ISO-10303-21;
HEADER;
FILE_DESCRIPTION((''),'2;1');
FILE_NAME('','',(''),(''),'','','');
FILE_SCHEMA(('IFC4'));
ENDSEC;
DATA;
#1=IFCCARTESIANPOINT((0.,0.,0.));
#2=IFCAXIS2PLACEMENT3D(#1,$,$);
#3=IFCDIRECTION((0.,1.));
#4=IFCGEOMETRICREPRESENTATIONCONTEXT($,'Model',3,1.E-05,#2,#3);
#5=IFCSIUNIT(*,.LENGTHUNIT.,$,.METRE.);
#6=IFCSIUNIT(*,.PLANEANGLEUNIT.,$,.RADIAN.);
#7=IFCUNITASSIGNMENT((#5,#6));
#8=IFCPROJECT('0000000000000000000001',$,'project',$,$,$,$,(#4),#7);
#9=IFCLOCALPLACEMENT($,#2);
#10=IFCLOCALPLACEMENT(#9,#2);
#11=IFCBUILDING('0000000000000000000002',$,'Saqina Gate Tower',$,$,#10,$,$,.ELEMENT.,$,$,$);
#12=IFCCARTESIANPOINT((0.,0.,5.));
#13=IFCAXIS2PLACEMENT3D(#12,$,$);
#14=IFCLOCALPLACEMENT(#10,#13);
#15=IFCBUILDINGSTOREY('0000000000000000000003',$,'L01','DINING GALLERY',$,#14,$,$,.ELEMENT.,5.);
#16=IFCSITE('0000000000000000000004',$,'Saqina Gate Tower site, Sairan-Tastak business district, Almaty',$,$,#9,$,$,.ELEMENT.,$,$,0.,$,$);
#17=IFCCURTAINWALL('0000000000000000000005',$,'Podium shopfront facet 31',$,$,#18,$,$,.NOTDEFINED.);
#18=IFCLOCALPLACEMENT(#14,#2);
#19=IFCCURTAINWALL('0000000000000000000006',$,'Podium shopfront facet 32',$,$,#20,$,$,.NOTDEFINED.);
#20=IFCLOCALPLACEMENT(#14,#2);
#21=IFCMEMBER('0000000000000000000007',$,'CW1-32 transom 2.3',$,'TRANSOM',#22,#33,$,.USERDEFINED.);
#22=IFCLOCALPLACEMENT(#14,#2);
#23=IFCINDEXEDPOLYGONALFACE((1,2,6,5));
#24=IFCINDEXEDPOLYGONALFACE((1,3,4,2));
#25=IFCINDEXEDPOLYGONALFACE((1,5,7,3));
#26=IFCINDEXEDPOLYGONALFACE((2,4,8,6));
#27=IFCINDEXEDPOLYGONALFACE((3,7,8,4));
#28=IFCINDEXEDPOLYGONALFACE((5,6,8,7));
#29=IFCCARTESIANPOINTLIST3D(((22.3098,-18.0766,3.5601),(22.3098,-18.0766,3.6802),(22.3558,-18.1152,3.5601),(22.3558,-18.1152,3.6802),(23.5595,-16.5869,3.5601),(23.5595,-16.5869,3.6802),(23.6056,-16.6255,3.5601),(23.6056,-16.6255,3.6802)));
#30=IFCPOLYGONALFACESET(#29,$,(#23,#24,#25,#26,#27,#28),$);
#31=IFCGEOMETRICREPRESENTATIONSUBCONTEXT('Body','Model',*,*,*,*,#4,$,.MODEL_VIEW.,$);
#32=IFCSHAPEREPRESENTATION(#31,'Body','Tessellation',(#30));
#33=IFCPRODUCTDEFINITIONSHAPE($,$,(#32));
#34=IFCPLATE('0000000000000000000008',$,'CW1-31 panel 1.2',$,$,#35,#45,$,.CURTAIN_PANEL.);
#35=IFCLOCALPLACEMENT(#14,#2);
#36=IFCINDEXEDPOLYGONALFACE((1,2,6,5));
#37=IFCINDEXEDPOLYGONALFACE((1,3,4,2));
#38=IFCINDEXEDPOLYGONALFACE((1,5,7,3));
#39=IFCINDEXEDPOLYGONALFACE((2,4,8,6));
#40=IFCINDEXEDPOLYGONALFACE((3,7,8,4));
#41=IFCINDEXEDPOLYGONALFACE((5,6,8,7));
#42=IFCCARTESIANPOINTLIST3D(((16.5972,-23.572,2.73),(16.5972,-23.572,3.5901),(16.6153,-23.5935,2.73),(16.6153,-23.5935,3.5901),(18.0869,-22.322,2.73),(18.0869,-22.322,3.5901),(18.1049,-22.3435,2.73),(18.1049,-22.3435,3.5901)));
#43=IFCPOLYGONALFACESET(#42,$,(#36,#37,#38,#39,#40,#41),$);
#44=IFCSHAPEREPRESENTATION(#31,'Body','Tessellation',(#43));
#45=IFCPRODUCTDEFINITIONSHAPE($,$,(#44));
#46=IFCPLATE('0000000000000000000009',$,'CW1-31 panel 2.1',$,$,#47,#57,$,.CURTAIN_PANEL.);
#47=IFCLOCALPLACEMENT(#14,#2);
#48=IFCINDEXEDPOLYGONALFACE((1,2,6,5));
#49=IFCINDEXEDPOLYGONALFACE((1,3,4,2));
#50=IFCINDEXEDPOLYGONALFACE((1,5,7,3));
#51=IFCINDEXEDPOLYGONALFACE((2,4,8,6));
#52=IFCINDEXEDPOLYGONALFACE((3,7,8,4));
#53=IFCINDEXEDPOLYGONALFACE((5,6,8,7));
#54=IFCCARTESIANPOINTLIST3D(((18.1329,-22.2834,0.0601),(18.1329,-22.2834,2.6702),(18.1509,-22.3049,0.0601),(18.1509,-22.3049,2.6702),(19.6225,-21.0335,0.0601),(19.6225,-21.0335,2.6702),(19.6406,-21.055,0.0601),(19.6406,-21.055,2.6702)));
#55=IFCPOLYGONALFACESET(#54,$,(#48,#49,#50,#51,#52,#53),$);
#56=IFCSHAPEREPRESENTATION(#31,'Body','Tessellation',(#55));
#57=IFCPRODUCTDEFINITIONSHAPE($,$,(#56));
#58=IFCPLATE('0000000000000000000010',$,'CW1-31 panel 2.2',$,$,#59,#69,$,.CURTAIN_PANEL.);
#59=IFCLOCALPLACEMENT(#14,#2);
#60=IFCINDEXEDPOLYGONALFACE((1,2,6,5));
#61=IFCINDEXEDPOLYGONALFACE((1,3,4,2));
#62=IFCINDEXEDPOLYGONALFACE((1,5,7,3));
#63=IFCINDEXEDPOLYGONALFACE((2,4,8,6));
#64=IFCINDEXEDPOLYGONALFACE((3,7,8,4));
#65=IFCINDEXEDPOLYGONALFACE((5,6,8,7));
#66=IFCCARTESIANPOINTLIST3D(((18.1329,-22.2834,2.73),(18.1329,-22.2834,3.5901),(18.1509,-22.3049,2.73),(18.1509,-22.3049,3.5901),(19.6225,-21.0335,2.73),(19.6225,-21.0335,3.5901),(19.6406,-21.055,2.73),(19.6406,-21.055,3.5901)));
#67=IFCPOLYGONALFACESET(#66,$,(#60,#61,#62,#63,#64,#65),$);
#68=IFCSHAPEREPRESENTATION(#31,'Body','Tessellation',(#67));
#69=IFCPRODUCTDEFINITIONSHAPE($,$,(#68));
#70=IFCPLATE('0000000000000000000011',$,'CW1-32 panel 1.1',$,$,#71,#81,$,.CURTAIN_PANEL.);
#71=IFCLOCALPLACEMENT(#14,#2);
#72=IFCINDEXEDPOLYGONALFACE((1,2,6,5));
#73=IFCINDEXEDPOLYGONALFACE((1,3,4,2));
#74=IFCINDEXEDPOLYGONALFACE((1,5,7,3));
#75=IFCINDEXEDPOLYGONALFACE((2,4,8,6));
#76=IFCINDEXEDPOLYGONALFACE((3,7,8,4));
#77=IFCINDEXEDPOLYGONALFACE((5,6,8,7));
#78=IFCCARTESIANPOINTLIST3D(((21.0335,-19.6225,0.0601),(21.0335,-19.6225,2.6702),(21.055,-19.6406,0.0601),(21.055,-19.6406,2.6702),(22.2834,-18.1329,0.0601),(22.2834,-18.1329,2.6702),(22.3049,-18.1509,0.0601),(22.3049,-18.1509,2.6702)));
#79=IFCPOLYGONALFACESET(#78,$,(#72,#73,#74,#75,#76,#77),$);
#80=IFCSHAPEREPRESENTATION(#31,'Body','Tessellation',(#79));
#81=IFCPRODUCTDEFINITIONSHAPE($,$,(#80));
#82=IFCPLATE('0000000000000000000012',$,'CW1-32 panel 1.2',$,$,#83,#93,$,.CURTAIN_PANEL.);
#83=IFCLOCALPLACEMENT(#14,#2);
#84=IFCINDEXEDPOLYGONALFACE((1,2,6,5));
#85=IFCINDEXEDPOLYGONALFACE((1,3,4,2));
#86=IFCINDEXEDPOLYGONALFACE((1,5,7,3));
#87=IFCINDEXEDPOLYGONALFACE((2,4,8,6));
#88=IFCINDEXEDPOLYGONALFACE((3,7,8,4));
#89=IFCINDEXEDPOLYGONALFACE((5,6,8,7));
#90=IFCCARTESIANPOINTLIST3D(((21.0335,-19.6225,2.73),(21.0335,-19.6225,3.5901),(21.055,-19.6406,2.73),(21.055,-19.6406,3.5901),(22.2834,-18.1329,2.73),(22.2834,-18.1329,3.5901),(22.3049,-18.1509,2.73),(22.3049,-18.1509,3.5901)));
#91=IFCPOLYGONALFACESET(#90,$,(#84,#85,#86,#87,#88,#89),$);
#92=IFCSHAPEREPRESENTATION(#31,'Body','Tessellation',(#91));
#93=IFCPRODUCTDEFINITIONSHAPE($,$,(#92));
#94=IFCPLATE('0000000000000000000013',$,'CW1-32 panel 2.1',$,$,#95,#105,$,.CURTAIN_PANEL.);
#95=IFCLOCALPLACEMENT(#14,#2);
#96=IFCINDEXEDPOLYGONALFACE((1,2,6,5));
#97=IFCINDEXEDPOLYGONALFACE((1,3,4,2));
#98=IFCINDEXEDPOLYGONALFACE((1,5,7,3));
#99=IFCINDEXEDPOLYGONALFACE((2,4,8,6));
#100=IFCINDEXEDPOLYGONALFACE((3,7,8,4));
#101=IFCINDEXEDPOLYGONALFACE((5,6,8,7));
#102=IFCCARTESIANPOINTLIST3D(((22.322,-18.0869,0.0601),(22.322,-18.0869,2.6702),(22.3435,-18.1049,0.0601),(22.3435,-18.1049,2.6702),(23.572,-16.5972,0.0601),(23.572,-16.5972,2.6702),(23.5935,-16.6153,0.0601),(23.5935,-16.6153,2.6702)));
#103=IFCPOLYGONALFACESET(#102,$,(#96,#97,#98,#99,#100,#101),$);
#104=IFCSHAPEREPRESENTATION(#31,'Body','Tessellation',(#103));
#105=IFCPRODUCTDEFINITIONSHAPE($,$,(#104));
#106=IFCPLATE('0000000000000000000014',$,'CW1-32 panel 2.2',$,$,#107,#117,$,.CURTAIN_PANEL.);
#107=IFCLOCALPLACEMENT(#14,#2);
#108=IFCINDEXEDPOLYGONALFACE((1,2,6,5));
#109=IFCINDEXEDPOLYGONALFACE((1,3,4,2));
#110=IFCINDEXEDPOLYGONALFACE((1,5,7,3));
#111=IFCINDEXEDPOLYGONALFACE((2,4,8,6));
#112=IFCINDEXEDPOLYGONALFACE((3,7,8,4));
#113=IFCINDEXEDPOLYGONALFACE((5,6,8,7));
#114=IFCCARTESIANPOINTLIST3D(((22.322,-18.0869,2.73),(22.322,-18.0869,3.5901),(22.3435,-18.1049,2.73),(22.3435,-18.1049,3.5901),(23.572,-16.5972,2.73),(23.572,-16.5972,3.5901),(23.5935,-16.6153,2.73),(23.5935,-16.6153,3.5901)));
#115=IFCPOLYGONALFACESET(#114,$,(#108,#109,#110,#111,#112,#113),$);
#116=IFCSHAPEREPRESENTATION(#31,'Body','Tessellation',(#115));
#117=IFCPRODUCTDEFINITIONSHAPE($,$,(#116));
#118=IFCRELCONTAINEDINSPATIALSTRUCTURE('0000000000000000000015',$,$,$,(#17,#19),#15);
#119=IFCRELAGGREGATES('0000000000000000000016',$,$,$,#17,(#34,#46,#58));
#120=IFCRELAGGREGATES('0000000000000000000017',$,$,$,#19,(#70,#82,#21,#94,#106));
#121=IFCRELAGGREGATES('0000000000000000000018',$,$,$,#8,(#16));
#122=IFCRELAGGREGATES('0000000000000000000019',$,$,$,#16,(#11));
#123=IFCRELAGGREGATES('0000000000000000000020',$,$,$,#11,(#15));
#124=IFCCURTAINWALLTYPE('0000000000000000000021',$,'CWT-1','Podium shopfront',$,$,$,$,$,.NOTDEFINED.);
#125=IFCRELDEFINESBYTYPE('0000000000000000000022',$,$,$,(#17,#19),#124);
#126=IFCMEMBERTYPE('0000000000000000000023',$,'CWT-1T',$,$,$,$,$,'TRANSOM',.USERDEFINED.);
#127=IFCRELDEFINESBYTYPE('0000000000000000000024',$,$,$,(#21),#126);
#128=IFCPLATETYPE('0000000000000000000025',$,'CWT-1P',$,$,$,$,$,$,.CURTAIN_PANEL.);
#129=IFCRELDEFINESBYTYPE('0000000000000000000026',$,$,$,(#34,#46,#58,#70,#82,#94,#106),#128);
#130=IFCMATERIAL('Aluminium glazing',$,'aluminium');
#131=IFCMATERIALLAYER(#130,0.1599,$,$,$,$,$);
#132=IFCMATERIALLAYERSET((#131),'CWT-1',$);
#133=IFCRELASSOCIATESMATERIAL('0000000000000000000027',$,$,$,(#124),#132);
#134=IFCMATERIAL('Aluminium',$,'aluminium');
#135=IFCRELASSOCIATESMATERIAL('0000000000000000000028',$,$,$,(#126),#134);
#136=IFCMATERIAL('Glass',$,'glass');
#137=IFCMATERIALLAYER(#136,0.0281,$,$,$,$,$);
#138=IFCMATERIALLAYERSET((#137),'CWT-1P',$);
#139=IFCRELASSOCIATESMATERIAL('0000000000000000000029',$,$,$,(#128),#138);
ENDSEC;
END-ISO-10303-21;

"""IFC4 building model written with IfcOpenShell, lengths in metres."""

from ifc_helpers import new_model, si_unit, direction, frame, origin, origin_2d, place, context, subcontext, project, spatial, rectangle, extrude, material, layer, layer_set, material_profile, profile_set, type_object, element, aggregate, save


model = new_model("IFC4")

# Units and contexts
model_context = context("Model", 3, precision=1e-05, world=origin(), true_north=direction((0.0, 1.0)))
body_context = subcontext(model_context, "Body", "Model", "MODEL_VIEW")
ifc_project = project(units=[si_unit("LENGTHUNIT", "METRE"), si_unit("PLANEANGLEUNIT", "RADIAN")], contexts=[model_context])

# Site, building, storey
site_placement = place(None, origin())
site = spatial("IfcSite", under=ifc_project, at=site_placement, Name="Saqina Gate Tower site, Sairan-Tastak business district, Almaty", CompositionType="ELEMENT", RefElevation=0.0)
building_placement = place(site_placement, origin())
building = spatial("IfcBuilding", under=site, at=building_placement, Name="Saqina Gate Tower", CompositionType="ELEMENT")
storey_placement = place(building_placement, frame((0.0, 0.0, 5.0)))
storey = spatial("IfcBuildingStorey", under=building, at=storey_placement, Name="L01", Description="DINING GALLERY", CompositionType="ELEMENT", Elevation=5.0)

# Curtain walls
ifc_material_1 = material(Name="Aluminium glazing", Category="aluminium")
ifc_layer_1 = layer(ifc_material_1, 0.1599)
ifc_layer_set_1 = layer_set([ifc_layer_1], Name="CWT-1")
curtain_wall_type = type_object("IfcCurtainWallType", Name="CWT-1", Description="Podium shopfront", PredefinedType="NOTDEFINED", material=ifc_layer_set_1)
curtain_wall_1_placement = place(storey_placement, origin())
curtain_wall_1 = element("IfcCurtainWall", 1, at=curtain_wall_1_placement, inside=storey, type_object=curtain_wall_type, Name="Podium shopfront facet 31", PredefinedType="NOTDEFINED")
curtain_wall_2_placement = place(storey_placement, origin())
curtain_wall_2 = element("IfcCurtainWall", 2, at=curtain_wall_2_placement, inside=storey, type_object=curtain_wall_type, Name="Podium shopfront facet 32", PredefinedType="NOTDEFINED")

# Member
ifc_material_2 = material(Name="Aluminium", Category="aluminium")
ifc_material_profile_1 = material_profile(ifc_material_2, rectangle(XDim=0.0601, YDim=0.1201, at=origin_2d()), Name="Aluminium 60x120")
ifc_profile_set_1 = profile_set([ifc_material_profile_1], Name="Aluminium")
member_type_1 = type_object("IfcMemberType", Name="CWT-1T", ElementType="TRANSOM", PredefinedType="USERDEFINED", material=ifc_profile_set_1)
member_1_placement = place(storey_placement, frame((22.3328, -18.0959, 3.6201), z_axis=(0.6427, 0.766118, 0.0), x_axis=(-0.766118, 0.6427, 0.0)))
member_1 = element("IfcMember", 3, at=member_1_placement, type_object=member_type_1, Name="CW1-32 transom 2.3", ObjectType="TRANSOM", PredefinedType="USERDEFINED", context=body_context, shape_type="SweptSolid", body=[
    extrude(rectangle(XDim=0.0601, YDim=0.1201, at=origin_2d()), origin(), (0.0, 0.0, 1.0), 1.9446),
])

# Plates
ifc_material_3 = material(Name="Glass", Category="glass")
ifc_layer_2 = layer(ifc_material_3, 0.0281)
ifc_layer_set_2 = layer_set([ifc_layer_2], Name="CWT-1P")
plate_type = type_object("IfcPlateType", Name="CWT-1P", PredefinedType="CURTAIN_PANEL", material=ifc_layer_set_2)
plate_1_placement = place(storey_placement, frame((17.3511, -22.9578, 2.73), z_axis=(0.0, 0.0, 1.0), x_axis=(0.766051, 0.642779, 0.0)))
plate_1 = element("IfcPlate", 4, at=plate_1_placement, type_object=plate_type, Name="CW1-31 panel 1.2", PredefinedType="CURTAIN_PANEL", context=body_context, shape_type="SweptSolid", body=[
    extrude(rectangle(XDim=1.9446, YDim=0.0281, at=origin_2d()), origin(), (0.0, 0.0, 1.0), 0.8601),
])
plate_2_placement = place(storey_placement, frame((18.8867, -21.6692, 0.0601), z_axis=(0.0, 0.0, 1.0), x_axis=(0.766051, 0.642779, 0.0)))
plate_2 = element("IfcPlate", 5, at=plate_2_placement, type_object=plate_type, Name="CW1-31 panel 2.1", PredefinedType="CURTAIN_PANEL", context=body_context, shape_type="SweptSolid", body=[
    extrude(rectangle(XDim=1.9446, YDim=0.0281, at=origin_2d()), origin(), (0.0, 0.0, 1.0), 2.6101),
])
plate_3_placement = place(storey_placement, frame((18.8867, -21.6692, 2.73), z_axis=(0.0, 0.0, 1.0), x_axis=(0.766051, 0.642779, 0.0)))
plate_3 = element("IfcPlate", 6, at=plate_3_placement, type_object=plate_type, Name="CW1-31 panel 2.2", PredefinedType="CURTAIN_PANEL", context=body_context, shape_type="SweptSolid", body=[
    extrude(rectangle(XDim=1.9446, YDim=0.0281, at=origin_2d()), origin(), (0.0, 0.0, 1.0), 0.8601),
])
aggregate(curtain_wall_1, [plate_1, plate_2, plate_3])
plate_4_placement = place(storey_placement, frame((21.6692, -18.8867, 0.0601), z_axis=(0.0, 0.0, 1.0), x_axis=(0.642779, 0.766051, 0.0)))
plate_4 = element("IfcPlate", 7, at=plate_4_placement, type_object=plate_type, Name="CW1-32 panel 1.1", PredefinedType="CURTAIN_PANEL", context=body_context, shape_type="SweptSolid", body=[
    extrude(rectangle(XDim=1.9446, YDim=0.0281, at=origin_2d()), origin(), (0.0, 0.0, 1.0), 2.6101),
])
plate_5_placement = place(storey_placement, frame((21.6692, -18.8867, 2.73), z_axis=(0.0, 0.0, 1.0), x_axis=(0.642779, 0.766051, 0.0)))
plate_5 = element("IfcPlate", 8, at=plate_5_placement, type_object=plate_type, Name="CW1-32 panel 1.2", PredefinedType="CURTAIN_PANEL", context=body_context, shape_type="SweptSolid", body=[
    extrude(rectangle(XDim=1.9446, YDim=0.0281, at=origin_2d()), origin(), (0.0, 0.0, 1.0), 0.8601),
])
plate_6_placement = place(storey_placement, frame((22.9578, -17.3511, 0.0601), z_axis=(0.0, 0.0, 1.0), x_axis=(0.642779, 0.766051, 0.0)))
plate_6 = element("IfcPlate", 9, at=plate_6_placement, type_object=plate_type, Name="CW1-32 panel 2.1", PredefinedType="CURTAIN_PANEL", context=body_context, shape_type="SweptSolid", body=[
    extrude(rectangle(XDim=1.9446, YDim=0.0281, at=origin_2d()), origin(), (0.0, 0.0, 1.0), 2.6101),
])
plate_7_placement = place(storey_placement, frame((22.9578, -17.3511, 2.73), z_axis=(0.0, 0.0, 1.0), x_axis=(0.642779, 0.766051, 0.0)))
plate_7 = element("IfcPlate", 10, at=plate_7_placement, type_object=plate_type, Name="CW1-32 panel 2.2", PredefinedType="CURTAIN_PANEL", context=body_context, shape_type="SweptSolid", body=[
    extrude(rectangle(XDim=1.9446, YDim=0.0281, at=origin_2d()), origin(), (0.0, 0.0, 1.0), 0.8601),
])
aggregate(curtain_wall_2, [plate_4, plate_5, member_1, plate_6, plate_7])

save(model, "model.ifc")
